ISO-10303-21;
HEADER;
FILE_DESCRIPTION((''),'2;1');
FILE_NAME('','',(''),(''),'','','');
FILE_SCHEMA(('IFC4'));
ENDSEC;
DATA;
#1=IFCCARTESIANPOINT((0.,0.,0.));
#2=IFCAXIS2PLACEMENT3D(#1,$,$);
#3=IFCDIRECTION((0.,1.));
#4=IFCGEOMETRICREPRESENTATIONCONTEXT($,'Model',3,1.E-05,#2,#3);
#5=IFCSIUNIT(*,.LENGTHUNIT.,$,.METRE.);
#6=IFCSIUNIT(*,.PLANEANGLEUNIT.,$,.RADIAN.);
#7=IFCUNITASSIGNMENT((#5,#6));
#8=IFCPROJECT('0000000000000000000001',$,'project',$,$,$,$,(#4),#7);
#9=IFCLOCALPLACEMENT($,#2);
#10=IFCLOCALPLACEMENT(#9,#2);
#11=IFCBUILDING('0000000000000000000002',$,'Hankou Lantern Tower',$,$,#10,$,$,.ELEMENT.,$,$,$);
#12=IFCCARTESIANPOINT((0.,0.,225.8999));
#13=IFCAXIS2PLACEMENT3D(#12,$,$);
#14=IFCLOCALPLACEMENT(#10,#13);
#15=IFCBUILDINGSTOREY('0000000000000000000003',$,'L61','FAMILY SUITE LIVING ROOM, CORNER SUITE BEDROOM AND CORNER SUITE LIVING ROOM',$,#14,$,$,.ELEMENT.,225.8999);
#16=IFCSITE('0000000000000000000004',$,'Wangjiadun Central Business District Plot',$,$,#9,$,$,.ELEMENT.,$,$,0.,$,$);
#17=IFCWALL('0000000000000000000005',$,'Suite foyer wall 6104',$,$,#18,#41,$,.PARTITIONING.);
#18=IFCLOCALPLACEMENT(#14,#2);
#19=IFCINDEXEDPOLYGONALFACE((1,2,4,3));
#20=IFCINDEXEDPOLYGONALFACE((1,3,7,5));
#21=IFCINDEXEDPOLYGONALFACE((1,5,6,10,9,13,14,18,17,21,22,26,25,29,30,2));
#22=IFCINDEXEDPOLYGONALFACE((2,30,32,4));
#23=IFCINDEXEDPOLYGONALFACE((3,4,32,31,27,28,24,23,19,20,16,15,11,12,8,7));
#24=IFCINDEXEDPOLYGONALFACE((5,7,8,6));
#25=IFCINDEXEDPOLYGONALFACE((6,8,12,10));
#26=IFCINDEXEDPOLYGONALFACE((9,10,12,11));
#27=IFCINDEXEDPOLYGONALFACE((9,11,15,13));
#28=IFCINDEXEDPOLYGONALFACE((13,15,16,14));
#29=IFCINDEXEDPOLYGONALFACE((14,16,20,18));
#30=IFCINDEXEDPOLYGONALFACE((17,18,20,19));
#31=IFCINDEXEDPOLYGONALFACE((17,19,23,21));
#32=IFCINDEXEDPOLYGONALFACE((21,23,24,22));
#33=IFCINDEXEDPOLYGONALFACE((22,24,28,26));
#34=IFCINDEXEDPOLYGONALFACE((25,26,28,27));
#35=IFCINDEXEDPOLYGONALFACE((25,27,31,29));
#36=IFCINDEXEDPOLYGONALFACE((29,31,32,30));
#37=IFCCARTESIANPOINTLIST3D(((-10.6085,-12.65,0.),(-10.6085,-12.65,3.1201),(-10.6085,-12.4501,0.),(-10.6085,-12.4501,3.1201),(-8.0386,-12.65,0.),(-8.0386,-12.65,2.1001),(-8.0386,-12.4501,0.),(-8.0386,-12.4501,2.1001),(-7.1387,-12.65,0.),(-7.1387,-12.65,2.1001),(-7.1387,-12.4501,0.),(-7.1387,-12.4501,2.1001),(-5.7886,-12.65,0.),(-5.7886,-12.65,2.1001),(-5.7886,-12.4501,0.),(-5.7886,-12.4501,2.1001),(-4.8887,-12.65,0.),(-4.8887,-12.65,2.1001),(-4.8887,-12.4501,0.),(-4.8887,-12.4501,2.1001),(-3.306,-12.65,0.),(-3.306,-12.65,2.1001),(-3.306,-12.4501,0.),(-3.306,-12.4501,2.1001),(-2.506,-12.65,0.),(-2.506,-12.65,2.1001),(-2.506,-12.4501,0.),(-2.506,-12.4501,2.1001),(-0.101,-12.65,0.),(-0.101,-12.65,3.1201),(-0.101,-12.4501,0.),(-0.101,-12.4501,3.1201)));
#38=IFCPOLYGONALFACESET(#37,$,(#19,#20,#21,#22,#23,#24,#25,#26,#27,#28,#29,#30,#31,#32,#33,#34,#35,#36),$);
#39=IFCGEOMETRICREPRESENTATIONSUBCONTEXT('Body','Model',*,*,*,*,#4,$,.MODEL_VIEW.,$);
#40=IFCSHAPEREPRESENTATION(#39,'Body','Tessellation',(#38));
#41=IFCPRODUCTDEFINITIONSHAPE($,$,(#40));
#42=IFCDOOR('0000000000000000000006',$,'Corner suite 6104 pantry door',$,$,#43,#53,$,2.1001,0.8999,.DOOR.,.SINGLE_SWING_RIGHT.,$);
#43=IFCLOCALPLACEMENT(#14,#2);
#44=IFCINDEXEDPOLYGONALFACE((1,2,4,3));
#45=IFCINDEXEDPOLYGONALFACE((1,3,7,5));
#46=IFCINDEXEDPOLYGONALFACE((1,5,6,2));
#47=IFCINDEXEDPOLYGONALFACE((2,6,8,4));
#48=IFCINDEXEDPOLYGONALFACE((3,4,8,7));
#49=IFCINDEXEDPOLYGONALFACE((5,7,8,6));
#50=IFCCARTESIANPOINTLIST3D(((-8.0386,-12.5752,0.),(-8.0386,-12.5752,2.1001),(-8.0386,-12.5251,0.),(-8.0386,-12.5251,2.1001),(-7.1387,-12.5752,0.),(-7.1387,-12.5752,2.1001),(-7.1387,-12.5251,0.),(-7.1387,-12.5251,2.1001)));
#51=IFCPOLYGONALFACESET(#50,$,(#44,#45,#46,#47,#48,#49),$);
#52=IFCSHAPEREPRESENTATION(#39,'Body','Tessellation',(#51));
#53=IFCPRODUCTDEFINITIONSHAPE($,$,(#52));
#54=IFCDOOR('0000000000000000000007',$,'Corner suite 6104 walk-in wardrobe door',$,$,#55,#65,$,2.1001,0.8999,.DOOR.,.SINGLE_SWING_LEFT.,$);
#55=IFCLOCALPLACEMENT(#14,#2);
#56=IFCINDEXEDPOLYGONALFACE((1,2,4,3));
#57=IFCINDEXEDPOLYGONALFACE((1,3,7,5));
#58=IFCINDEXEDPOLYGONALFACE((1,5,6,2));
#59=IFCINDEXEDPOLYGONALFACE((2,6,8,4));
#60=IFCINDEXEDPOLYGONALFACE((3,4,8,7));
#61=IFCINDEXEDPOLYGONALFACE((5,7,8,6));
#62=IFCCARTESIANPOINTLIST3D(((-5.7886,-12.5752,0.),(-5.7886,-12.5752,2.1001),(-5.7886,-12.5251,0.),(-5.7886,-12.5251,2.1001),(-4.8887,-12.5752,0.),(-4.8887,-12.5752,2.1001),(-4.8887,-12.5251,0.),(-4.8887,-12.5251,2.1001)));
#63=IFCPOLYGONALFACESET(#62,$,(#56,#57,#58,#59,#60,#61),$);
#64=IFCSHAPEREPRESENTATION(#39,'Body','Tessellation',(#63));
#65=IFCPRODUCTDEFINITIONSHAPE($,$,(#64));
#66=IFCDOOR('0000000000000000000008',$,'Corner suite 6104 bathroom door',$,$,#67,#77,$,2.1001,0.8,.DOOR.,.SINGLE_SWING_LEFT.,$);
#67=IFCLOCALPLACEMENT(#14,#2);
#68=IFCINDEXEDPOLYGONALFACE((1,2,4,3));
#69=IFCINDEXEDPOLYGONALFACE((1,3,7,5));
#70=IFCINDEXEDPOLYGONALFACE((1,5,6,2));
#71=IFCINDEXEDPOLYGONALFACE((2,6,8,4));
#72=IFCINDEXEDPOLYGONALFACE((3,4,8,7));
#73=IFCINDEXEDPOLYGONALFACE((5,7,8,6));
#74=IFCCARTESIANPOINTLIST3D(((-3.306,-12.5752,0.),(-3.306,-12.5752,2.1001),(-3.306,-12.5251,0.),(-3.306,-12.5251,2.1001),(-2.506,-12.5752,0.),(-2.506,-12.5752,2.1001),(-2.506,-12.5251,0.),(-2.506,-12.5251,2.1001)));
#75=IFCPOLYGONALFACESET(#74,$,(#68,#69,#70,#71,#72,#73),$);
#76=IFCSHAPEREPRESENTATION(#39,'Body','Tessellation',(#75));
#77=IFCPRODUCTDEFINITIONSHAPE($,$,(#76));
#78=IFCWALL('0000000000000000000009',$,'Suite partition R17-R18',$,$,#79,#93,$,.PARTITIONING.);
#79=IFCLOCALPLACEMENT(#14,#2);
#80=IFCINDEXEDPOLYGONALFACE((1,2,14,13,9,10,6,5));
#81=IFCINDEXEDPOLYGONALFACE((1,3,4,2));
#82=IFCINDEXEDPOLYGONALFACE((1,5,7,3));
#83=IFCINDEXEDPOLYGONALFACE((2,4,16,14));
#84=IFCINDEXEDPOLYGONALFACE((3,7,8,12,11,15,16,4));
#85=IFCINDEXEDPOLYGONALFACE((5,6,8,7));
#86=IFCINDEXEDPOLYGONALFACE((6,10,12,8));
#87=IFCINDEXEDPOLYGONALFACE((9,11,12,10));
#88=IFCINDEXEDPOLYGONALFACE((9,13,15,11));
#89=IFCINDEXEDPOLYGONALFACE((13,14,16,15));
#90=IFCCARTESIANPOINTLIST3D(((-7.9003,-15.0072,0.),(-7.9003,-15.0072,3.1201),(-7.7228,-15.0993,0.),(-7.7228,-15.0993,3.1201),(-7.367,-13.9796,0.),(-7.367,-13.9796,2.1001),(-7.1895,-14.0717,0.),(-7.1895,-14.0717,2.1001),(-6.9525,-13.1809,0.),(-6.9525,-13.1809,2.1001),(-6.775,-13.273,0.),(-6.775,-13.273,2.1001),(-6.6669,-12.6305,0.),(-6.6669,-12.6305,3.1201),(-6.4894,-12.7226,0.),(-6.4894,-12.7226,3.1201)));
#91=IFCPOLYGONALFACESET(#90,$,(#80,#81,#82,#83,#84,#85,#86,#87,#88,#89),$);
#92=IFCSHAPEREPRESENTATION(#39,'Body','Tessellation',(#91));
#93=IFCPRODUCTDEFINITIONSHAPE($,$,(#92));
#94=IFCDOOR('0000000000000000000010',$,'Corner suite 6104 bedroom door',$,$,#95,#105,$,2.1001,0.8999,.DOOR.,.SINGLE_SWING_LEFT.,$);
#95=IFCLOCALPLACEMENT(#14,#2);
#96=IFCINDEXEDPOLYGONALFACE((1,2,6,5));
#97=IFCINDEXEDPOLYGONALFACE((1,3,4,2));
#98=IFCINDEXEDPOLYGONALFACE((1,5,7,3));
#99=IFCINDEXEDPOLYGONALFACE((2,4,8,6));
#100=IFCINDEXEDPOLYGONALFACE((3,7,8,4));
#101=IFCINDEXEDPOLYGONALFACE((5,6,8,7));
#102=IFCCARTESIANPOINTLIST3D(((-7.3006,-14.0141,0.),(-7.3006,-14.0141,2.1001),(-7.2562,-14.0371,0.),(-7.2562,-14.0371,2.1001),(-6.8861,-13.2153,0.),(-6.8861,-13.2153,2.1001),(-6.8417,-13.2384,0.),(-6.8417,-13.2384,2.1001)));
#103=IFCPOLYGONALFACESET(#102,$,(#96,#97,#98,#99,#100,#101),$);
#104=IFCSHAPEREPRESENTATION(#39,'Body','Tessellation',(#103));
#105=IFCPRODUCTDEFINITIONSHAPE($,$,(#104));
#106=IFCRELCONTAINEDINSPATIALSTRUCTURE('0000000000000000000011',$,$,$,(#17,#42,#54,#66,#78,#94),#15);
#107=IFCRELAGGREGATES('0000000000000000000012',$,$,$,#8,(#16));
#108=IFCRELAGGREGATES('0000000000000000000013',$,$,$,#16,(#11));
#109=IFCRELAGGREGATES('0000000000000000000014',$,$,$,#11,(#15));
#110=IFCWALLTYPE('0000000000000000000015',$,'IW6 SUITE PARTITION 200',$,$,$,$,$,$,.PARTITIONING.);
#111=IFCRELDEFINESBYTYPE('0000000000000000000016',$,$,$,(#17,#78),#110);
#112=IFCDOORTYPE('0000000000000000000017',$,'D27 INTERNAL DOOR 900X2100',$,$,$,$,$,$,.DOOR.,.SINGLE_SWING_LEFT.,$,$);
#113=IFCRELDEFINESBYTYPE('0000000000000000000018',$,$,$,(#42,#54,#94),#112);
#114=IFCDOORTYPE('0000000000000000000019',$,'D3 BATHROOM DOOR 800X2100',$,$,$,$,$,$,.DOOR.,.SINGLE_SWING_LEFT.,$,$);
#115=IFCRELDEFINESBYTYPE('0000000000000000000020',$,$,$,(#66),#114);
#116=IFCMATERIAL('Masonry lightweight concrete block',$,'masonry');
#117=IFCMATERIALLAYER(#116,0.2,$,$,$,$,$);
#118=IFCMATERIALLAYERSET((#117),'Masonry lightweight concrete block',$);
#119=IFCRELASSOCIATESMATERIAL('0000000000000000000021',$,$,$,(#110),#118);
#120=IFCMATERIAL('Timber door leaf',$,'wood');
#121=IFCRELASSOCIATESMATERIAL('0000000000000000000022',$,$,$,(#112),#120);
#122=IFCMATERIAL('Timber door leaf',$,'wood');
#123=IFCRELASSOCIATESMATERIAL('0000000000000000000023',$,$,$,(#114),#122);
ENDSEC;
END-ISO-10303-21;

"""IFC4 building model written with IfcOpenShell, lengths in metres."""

from ifc_helpers import new_model, si_unit, direction, frame, frame_2d, origin, place, context, subcontext, project, spatial, rectangle, extrude, material, layer, layer_set, type_object, element, fill, save


model = new_model("IFC4")

# Units and contexts
model_context = context("Model", 3, precision=1e-05, world=origin(), true_north=direction((0.0, 1.0)))
body_context = subcontext(model_context, "Body", "Model", "MODEL_VIEW")
ifc_project = project(units=[si_unit("LENGTHUNIT", "METRE"), si_unit("PLANEANGLEUNIT", "RADIAN")], contexts=[model_context])

# Site, building, storey
site_placement = place(None, origin())
site = spatial("IfcSite", under=ifc_project, at=site_placement, Name="Wangjiadun Central Business District Plot", CompositionType="ELEMENT", RefElevation=0.0)
building_placement = place(site_placement, origin())
building = spatial("IfcBuilding", under=site, at=building_placement, Name="Hankou Lantern Tower", CompositionType="ELEMENT")
storey_placement = place(building_placement, frame((0.0, 0.0, 225.8999)))
storey = spatial("IfcBuildingStorey", under=building, at=storey_placement, Name="L61", Description="FAMILY SUITE LIVING ROOM, CORNER SUITE BEDROOM AND CORNER SUITE LIVING ROOM", CompositionType="ELEMENT", Elevation=225.8999)

# Wall, openings, doors
ifc_material_1 = material(Name="Masonry lightweight concrete block", Category="masonry")
ifc_layer_1 = layer(ifc_material_1, 0.2)
ifc_layer_set_1 = layer_set([ifc_layer_1], Name="Masonry lightweight concrete block")
wall_type_1 = type_object("IfcWallType", Name="IW6 SUITE PARTITION 200", PredefinedType="PARTITIONING", material=ifc_layer_set_1)
wall_1_placement = place(storey_placement, frame((-10.6086, -12.55, 0.0), z_axis=(0.0, 0.0, 1.0), x_axis=(1.0, 0.0, 0.0)))
wall_1 = element("IfcWall", 1, at=wall_1_placement, inside=storey, type_object=wall_type_1, Name="Suite foyer wall 6104", PredefinedType="PARTITIONING", context=body_context, shape_type="SweptSolid", body=[
    extrude(rectangle(XDim=10.5076, YDim=0.2, at=frame_2d((5.2539, 0.0))), origin(), (0.0, 0.0, 1.0), 3.1201),
])
opening_1_placement = place(wall_1_placement, frame((2.5701, 0.0, 0.0)))
opening_1 = element("IfcOpeningElement", 2, at=opening_1_placement, cuts=wall_1, PredefinedType="OPENING", context=body_context, shape_type="SweptSolid", body=[
    extrude(rectangle(XDim=0.8999, YDim=2.1001, at=frame_2d((0.45, 1.05))), frame((0.0, 0.1099, 0.0), z_axis=(0.0, -1.0, 0.0), x_axis=(1.0, 0.0, 0.0)), (0.0, 0.0, 1.0), 0.22),
])
opening_2_placement = place(wall_1_placement, frame((4.8201, 0.0, 0.0)))
opening_2 = element("IfcOpeningElement", 3, at=opening_2_placement, cuts=wall_1, PredefinedType="OPENING", context=body_context, shape_type="SweptSolid", body=[
    extrude(rectangle(XDim=0.8999, YDim=2.1001, at=frame_2d((0.45, 1.05))), frame((0.0, 0.1099, 0.0), z_axis=(0.0, -1.0, 0.0), x_axis=(1.0, 0.0, 0.0)), (0.0, 0.0, 1.0), 0.22),
])
opening_3_placement = place(wall_1_placement, frame((7.3027, 0.0, 0.0)))
opening_3 = element("IfcOpeningElement", 4, at=opening_3_placement, cuts=wall_1, PredefinedType="OPENING", context=body_context, shape_type="SweptSolid", body=[
    extrude(rectangle(XDim=0.8, YDim=2.1001, at=frame_2d((0.3999, 1.05))), frame((0.0, 0.1099, 0.0), z_axis=(0.0, -1.0, 0.0), x_axis=(1.0, 0.0, 0.0)), (0.0, 0.0, 1.0), 0.22),
])
ifc_material_2 = material(Name="Timber door leaf", Category="wood")
door_type_1 = type_object("IfcDoorType", Name="D27 INTERNAL DOOR 900X2100", OperationType="SINGLE_SWING_LEFT", PredefinedType="DOOR", material=ifc_material_2)
door_1_placement = place(opening_1_placement, origin())
door_1 = element("IfcDoor", 5, at=door_1_placement, inside=storey, type_object=door_type_1, Name="Corner suite 6104 pantry door", OperationType="SINGLE_SWING_RIGHT", OverallHeight=2.1001, OverallWidth=0.8999, PredefinedType="DOOR", context=body_context, shape_type="SweptSolid", body=[
    extrude(rectangle(XDim=0.8999, YDim=2.1001, at=frame_2d((0.45, 1.05))), frame((0.0, 0.0249, 0.0), z_axis=(0.0, -1.0, 0.0), x_axis=(1.0, 0.0, 0.0)), (0.0, 0.0, 1.0), 0.05),
])
fill(opening_1, door_1)
door_2_placement = place(opening_2_placement, origin())
door_2 = element("IfcDoor", 6, at=door_2_placement, inside=storey, type_object=door_type_1, Name="Corner suite 6104 walk-in wardrobe door", OperationType="SINGLE_SWING_LEFT", OverallHeight=2.1001, OverallWidth=0.8999, PredefinedType="DOOR", context=body_context, shape_type="SweptSolid", body=[
    extrude(rectangle(XDim=0.8999, YDim=2.1001, at=frame_2d((0.45, 1.05))), frame((0.0, 0.0249, 0.0), z_axis=(0.0, -1.0, 0.0), x_axis=(1.0, 0.0, 0.0)), (0.0, 0.0, 1.0), 0.05),
])
fill(opening_2, door_2)
ifc_material_3 = material(Name="Timber door leaf", Category="wood")
door_type_2 = type_object("IfcDoorType", Name="D3 BATHROOM DOOR 800X2100", OperationType="SINGLE_SWING_LEFT", PredefinedType="DOOR", material=ifc_material_3)
door_3_placement = place(opening_3_placement, origin())
door_3 = element("IfcDoor", 7, at=door_3_placement, inside=storey, type_object=door_type_2, Name="Corner suite 6104 bathroom door", OperationType="SINGLE_SWING_LEFT", OverallHeight=2.1001, OverallWidth=0.8, PredefinedType="DOOR", context=body_context, shape_type="SweptSolid", body=[
    extrude(rectangle(XDim=0.8, YDim=2.1001, at=frame_2d((0.3999, 1.05))), frame((0.0, 0.0249, 0.0), z_axis=(0.0, -1.0, 0.0), x_axis=(1.0, 0.0, 0.0)), (0.0, 0.0, 1.0), 0.05),
])
fill(opening_3, door_3)

# Wall, opening, door
wall_2_placement = place(storey_placement, frame((-6.5781, -12.6765, 0.0), z_axis=(0.0, 0.0, 1.0), x_axis=(-0.460621, -0.887597, 0.0)))
wall_2 = element("IfcWall", 8, at=wall_2_placement, inside=storey, type_object=wall_type_1, Name="Suite partition R17-R18", PredefinedType="PARTITIONING", context=body_context, shape_type="SweptSolid", body=[
    extrude(rectangle(XDim=2.6777, YDim=0.2, at=frame_2d((1.3389, 0.0))), origin(), (0.0, 0.0, 1.0), 3.1201),
])
opening_4_placement = place(wall_2_placement, frame((0.6201, 0.0, 0.0)))
opening_4 = element("IfcOpeningElement", 9, at=opening_4_placement, cuts=wall_2, PredefinedType="OPENING", context=body_context, shape_type="SweptSolid", body=[
    extrude(rectangle(XDim=0.8999, YDim=2.1001, at=frame_2d((0.45, 1.05))), frame((0.0, 0.1099, 0.0), z_axis=(0.0, -1.0, 0.0), x_axis=(1.0, 0.0, 0.0)), (0.0, 0.0, 1.0), 0.22),
])
door_4_placement = place(opening_4_placement, origin())
door_4 = element("IfcDoor", 10, at=door_4_placement, inside=storey, type_object=door_type_1, Name="Corner suite 6104 bedroom door", OperationType="SINGLE_SWING_LEFT", OverallHeight=2.1001, OverallWidth=0.8999, PredefinedType="DOOR", context=body_context, shape_type="SweptSolid", body=[
    extrude(rectangle(XDim=0.8999, YDim=2.1001, at=frame_2d((0.45, 1.05))), frame((0.0, 0.0249, 0.0), z_axis=(0.0, -1.0, 0.0), x_axis=(1.0, 0.0, 0.0)), (0.0, 0.0, 1.0), 0.05),
])
fill(opening_4, door_4)

save(model, "model.ifc")
